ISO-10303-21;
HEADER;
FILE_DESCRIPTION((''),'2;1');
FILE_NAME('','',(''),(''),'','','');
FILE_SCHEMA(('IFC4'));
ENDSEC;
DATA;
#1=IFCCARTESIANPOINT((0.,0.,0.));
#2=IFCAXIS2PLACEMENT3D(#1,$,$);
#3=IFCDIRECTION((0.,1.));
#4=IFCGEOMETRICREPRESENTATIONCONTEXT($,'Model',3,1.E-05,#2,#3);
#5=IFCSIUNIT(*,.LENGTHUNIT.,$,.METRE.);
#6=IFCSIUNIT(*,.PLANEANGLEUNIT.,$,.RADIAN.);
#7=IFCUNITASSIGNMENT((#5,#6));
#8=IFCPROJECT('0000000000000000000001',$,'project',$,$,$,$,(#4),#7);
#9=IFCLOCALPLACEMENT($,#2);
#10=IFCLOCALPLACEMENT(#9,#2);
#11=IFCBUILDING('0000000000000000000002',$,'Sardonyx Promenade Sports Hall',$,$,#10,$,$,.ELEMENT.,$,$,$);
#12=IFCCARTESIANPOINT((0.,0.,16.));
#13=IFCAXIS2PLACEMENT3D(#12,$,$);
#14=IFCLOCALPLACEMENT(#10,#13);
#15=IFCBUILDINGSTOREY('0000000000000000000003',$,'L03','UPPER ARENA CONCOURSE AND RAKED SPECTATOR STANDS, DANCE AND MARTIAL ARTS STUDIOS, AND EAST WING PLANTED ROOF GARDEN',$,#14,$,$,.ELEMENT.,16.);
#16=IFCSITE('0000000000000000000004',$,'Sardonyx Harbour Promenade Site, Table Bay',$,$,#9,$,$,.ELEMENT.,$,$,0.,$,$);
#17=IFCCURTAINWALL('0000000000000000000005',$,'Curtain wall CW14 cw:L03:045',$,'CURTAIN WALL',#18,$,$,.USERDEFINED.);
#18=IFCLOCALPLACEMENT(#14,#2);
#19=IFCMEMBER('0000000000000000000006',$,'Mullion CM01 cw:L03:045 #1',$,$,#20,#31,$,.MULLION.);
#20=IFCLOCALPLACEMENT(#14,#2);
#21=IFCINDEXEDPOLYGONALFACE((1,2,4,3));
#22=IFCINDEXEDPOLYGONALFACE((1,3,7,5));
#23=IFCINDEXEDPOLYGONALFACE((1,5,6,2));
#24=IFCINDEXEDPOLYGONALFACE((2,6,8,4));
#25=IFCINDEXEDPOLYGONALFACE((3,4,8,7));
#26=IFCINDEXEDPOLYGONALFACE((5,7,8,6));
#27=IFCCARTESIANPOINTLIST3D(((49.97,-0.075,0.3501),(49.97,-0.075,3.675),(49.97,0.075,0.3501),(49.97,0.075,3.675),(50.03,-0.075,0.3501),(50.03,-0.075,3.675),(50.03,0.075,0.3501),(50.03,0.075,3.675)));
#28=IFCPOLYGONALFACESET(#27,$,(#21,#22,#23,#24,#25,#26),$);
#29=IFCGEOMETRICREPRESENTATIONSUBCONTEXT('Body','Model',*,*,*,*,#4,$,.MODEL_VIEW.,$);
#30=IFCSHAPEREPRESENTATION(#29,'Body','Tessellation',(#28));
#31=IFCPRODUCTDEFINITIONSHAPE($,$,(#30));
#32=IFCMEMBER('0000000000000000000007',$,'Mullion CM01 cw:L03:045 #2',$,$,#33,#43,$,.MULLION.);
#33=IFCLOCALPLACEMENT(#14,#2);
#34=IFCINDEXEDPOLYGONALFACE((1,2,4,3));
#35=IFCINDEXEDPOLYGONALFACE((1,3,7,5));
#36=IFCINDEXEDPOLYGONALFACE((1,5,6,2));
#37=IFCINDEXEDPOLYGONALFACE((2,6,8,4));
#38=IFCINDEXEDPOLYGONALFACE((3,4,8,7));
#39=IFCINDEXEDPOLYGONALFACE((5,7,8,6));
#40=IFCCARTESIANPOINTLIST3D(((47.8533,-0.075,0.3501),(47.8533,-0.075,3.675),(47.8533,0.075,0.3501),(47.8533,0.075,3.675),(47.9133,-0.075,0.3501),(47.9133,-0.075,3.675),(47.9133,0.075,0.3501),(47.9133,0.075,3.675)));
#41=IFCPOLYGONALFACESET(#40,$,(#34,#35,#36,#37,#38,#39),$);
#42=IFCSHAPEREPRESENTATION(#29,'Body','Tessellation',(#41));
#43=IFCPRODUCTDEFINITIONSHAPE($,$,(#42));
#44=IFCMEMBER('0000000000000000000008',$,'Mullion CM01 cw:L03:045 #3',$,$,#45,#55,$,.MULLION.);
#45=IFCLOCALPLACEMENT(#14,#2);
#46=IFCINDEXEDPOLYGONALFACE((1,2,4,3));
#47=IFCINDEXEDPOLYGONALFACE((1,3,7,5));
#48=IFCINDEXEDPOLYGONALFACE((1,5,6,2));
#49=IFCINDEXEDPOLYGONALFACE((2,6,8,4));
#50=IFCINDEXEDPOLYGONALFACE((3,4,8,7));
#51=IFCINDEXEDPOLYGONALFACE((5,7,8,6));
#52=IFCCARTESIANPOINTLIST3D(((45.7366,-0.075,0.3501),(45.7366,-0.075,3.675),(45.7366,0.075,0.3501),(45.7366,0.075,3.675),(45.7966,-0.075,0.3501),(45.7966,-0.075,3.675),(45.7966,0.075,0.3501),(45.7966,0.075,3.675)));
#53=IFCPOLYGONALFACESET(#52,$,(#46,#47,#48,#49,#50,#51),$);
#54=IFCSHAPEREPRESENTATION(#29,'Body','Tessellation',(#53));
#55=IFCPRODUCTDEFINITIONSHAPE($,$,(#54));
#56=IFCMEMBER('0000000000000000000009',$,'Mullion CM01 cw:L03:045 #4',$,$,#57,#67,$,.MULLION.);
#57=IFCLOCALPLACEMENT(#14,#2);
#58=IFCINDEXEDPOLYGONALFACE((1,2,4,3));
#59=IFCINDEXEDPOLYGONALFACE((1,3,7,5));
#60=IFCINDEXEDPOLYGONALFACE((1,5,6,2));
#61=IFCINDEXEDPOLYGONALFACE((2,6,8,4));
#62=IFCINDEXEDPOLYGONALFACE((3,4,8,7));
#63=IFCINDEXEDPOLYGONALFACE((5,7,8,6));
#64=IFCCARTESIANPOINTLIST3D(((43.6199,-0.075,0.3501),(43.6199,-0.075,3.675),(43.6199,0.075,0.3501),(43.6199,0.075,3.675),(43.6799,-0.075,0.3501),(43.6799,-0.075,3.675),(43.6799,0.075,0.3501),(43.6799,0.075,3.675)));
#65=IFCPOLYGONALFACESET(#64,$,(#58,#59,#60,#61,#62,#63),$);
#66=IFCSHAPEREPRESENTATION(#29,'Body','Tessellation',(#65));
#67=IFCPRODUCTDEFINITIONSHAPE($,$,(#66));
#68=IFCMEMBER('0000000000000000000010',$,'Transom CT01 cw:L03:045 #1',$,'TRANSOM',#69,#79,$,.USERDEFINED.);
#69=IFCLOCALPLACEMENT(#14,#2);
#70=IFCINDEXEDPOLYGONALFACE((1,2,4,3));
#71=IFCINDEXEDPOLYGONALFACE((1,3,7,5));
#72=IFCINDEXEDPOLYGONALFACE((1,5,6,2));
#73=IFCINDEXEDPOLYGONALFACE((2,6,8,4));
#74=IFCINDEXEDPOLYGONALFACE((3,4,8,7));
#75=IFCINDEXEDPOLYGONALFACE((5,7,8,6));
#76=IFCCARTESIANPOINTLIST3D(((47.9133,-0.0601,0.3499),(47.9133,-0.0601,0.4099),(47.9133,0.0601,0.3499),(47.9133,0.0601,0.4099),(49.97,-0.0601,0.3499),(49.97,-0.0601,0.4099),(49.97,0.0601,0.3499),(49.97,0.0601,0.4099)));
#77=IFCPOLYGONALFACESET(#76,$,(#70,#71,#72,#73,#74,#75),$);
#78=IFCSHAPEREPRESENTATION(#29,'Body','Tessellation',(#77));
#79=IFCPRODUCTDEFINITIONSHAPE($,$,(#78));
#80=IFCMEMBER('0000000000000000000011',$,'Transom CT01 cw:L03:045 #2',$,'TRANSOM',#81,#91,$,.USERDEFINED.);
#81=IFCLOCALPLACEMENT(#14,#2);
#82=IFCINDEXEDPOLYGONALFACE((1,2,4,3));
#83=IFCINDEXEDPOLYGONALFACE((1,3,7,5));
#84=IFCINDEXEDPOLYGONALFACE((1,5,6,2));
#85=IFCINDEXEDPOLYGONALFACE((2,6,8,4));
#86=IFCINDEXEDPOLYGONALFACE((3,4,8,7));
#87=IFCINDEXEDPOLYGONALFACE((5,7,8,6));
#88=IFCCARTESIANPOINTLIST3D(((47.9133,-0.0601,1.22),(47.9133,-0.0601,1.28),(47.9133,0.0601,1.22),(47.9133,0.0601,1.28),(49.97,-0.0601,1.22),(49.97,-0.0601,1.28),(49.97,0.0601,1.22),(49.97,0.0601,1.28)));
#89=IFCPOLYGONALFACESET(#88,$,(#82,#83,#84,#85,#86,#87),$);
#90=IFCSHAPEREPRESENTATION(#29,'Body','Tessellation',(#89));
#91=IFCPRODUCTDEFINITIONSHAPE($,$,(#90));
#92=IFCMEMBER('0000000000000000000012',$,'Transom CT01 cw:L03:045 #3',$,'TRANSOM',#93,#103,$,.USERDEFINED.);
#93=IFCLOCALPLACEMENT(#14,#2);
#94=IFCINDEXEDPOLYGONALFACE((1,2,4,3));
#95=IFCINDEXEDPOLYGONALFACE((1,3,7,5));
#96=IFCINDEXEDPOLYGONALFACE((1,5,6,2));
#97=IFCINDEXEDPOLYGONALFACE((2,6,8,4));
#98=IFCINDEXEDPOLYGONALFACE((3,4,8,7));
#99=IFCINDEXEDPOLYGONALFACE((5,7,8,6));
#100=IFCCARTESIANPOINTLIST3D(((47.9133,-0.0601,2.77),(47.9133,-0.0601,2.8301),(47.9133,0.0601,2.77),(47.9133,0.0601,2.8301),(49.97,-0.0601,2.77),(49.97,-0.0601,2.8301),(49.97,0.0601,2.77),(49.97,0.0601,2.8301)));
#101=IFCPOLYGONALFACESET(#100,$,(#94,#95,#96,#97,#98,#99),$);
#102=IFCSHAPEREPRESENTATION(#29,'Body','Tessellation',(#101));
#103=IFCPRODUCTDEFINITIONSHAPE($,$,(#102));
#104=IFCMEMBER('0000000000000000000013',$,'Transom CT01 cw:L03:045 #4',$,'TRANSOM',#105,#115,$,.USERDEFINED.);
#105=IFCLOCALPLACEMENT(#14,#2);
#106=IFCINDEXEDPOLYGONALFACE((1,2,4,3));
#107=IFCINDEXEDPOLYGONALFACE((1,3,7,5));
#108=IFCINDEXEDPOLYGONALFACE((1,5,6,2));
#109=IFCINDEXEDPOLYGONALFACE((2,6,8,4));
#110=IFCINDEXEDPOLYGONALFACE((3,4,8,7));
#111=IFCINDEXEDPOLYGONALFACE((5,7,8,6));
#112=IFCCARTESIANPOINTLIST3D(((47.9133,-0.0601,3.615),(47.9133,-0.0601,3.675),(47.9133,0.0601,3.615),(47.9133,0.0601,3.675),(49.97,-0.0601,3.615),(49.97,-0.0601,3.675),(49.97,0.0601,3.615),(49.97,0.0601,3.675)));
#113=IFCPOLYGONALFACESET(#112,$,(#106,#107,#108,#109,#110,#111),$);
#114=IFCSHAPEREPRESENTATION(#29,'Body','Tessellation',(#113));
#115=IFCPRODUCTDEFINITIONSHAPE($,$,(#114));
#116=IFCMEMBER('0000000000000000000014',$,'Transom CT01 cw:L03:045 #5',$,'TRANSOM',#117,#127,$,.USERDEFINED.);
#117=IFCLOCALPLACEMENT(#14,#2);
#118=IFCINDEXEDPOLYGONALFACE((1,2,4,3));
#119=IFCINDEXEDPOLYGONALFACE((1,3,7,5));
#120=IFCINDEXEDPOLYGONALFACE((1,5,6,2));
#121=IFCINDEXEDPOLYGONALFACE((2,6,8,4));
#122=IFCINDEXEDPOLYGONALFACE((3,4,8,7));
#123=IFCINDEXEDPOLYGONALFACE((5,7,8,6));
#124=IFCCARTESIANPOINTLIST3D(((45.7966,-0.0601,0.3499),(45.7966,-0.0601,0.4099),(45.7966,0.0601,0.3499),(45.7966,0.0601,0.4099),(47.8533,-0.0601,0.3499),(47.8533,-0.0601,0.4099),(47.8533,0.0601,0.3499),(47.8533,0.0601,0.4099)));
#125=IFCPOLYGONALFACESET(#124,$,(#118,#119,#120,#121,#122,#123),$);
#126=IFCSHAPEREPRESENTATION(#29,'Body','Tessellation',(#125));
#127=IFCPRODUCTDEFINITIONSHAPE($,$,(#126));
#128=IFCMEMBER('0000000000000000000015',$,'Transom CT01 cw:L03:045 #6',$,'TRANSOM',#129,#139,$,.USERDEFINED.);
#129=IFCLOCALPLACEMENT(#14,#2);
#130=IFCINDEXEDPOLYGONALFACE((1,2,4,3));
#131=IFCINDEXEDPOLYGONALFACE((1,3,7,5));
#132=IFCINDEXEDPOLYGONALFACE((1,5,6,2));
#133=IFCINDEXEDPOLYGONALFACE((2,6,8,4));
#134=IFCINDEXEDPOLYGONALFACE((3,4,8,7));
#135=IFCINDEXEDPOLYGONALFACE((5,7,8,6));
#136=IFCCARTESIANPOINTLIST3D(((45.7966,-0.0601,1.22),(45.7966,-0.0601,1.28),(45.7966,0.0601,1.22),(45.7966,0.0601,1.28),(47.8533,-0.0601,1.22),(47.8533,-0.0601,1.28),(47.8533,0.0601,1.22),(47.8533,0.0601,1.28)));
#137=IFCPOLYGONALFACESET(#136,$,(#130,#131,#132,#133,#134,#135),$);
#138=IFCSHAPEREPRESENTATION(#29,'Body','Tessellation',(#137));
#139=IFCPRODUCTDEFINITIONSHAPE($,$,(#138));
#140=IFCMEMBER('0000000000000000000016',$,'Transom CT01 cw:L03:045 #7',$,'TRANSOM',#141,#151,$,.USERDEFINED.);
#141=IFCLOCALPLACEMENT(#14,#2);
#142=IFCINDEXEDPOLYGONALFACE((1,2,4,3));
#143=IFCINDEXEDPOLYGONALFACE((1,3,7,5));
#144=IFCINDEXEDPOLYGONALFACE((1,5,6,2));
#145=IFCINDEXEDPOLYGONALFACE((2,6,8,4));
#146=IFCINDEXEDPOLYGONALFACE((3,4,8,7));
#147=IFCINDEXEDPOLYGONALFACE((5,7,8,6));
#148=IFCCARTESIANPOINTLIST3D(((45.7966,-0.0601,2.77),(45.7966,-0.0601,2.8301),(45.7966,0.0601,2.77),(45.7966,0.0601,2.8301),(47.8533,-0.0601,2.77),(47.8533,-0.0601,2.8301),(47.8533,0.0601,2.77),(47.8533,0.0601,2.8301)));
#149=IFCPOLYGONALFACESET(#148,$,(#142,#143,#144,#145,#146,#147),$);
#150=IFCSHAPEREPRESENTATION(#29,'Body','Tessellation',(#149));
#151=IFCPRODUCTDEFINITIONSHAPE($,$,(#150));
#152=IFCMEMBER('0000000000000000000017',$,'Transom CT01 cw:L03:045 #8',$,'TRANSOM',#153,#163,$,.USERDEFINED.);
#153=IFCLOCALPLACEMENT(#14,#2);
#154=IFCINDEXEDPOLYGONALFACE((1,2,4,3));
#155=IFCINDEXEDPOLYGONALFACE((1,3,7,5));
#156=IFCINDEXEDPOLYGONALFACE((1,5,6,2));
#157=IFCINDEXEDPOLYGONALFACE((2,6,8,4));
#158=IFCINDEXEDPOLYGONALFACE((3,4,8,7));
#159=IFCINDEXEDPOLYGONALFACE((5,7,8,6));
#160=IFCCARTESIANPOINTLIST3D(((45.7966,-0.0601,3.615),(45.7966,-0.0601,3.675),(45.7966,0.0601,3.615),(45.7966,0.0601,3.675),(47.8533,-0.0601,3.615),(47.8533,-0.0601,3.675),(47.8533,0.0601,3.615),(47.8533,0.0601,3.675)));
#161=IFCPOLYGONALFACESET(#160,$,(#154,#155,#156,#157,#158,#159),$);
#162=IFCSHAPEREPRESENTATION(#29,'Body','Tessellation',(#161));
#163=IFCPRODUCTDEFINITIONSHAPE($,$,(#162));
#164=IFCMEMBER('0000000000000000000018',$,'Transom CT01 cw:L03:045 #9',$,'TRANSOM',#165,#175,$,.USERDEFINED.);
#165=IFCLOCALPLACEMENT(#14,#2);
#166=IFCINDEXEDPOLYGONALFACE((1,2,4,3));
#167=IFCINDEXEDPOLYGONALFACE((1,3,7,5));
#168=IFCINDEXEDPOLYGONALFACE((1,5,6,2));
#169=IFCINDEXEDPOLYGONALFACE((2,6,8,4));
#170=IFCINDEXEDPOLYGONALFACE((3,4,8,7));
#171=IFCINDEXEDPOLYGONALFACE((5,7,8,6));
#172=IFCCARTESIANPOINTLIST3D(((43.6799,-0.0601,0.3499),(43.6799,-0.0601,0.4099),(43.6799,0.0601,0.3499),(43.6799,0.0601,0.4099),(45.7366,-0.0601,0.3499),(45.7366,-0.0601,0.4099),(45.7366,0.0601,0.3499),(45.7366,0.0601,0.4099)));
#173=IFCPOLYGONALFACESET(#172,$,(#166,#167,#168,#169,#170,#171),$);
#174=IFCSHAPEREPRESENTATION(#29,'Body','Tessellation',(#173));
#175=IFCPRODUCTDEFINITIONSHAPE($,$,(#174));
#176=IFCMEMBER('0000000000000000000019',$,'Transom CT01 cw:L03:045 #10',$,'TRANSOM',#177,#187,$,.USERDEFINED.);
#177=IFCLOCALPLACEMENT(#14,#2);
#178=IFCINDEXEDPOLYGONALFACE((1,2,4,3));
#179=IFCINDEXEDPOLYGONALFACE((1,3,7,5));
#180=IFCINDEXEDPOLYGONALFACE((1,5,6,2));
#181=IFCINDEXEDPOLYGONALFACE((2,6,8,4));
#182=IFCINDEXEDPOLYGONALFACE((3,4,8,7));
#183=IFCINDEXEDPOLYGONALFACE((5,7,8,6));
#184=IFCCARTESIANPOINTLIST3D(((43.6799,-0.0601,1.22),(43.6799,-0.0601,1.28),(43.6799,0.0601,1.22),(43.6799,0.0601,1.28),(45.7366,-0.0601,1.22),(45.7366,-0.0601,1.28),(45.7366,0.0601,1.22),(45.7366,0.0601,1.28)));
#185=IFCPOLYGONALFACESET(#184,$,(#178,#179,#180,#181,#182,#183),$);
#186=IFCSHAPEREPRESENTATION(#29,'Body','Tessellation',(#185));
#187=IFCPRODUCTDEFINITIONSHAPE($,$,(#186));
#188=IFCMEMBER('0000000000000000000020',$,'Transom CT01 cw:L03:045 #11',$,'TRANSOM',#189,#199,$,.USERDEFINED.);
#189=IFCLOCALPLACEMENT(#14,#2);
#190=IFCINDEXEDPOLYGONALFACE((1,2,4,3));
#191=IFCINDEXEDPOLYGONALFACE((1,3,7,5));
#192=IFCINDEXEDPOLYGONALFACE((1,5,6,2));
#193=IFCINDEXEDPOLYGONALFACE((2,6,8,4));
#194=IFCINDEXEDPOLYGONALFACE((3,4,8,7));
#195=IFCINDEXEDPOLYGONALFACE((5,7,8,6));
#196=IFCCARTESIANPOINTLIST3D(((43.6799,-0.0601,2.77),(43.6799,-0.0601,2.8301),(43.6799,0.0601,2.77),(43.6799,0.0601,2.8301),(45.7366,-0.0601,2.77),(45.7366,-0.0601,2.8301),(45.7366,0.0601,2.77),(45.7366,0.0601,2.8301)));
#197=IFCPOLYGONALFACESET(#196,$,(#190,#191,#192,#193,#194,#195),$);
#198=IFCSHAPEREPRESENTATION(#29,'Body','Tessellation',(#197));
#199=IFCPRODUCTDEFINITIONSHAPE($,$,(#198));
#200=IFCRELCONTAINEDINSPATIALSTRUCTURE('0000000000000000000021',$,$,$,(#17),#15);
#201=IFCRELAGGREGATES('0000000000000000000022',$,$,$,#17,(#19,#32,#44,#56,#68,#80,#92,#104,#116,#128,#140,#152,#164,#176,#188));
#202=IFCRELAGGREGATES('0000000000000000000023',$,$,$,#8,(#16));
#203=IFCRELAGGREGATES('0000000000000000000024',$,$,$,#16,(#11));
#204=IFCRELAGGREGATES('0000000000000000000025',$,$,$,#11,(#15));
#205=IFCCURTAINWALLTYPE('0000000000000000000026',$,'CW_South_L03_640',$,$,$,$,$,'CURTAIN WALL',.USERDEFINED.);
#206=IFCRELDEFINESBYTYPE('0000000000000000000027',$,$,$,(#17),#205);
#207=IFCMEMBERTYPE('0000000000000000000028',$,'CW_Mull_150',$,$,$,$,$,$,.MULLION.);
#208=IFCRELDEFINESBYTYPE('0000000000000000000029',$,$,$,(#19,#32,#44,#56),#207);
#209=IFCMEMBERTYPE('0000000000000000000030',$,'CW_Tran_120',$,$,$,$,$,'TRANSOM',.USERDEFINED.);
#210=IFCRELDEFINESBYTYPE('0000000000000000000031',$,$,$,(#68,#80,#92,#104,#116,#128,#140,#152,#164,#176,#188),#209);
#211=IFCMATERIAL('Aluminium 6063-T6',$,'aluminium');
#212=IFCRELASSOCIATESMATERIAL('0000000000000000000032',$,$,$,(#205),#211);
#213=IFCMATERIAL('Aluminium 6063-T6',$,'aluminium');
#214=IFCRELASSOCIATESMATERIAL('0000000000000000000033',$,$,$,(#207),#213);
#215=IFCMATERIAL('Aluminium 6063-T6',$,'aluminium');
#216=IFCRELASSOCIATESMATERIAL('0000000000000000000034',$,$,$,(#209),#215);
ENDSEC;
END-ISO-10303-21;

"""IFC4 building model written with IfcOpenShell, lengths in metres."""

from ifc_helpers import new_model, si_unit, direction, frame, origin, origin_2d, place, context, subcontext, project, spatial, rectangle, extrude, material, material_profile, profile_set, type_object, element, aggregate, save


model = new_model("IFC4")

# Units and contexts
model_context = context("Model", 3, precision=1e-05, world=origin(), true_north=direction((0.0, 1.0)))
body_context = subcontext(model_context, "Body", "Model", "MODEL_VIEW")
ifc_project = project(units=[si_unit("LENGTHUNIT", "METRE"), si_unit("PLANEANGLEUNIT", "RADIAN")], contexts=[model_context])

# Site, building, storey
site_placement = place(None, origin())
site = spatial("IfcSite", under=ifc_project, at=site_placement, Name="Sardonyx Harbour Promenade Site, Table Bay", CompositionType="ELEMENT", RefElevation=0.0)
building_placement = place(site_placement, origin())
building = spatial("IfcBuilding", under=site, at=building_placement, Name="Sardonyx Promenade Sports Hall", CompositionType="ELEMENT")
storey_placement = place(building_placement, frame((0.0, 0.0, 16.0)))
storey = spatial("IfcBuildingStorey", under=building, at=storey_placement, Name="L03", Description="UPPER ARENA CONCOURSE AND RAKED SPECTATOR STANDS, DANCE AND MARTIAL ARTS STUDIOS, AND EAST WING PLANTED ROOF GARDEN", CompositionType="ELEMENT", Elevation=16.0)

# Curtain wall, members
ifc_material_1 = material(Name="Aluminium 6063-T6", Category="aluminium")
curtain_wall_type = type_object("IfcCurtainWallType", Name="CW_South_L03_640", ElementType="CURTAIN WALL", PredefinedType="USERDEFINED", material=ifc_material_1)
curtain_wall_placement = place(storey_placement, origin())
curtain_wall = element("IfcCurtainWall", 1, at=curtain_wall_placement, inside=storey, type_object=curtain_wall_type, Name="Curtain wall CW14 cw:L03:045", ObjectType="CURTAIN WALL", PredefinedType="USERDEFINED")
ifc_material_2 = material(Name="Aluminium 6063-T6", Category="aluminium")
ifc_material_profile_1 = material_profile(ifc_material_2, rectangle(XDim=0.0601, YDim=0.1499, at=origin_2d()))
ifc_profile_set_1 = profile_set([ifc_material_profile_1], Name="Aluminium 6063-T6")
member_type_1 = type_object("IfcMemberType", Name="CW_Mull_150", PredefinedType="MULLION", material=ifc_profile_set_1)
member_1_placement = place(storey_placement, frame((50.0, 0.0, 0.3501), z_axis=(0.0, 0.0, 1.0), x_axis=(-1.0, 0.0, 0.0)))
member_1 = element("IfcMember", 2, at=member_1_placement, type_object=member_type_1, Name="Mullion CM01 cw:L03:045 #1", PredefinedType="MULLION", context=body_context, shape_type="SweptSolid", body=[
    extrude(rectangle(XDim=0.0601, YDim=0.1499, at=origin_2d()), origin(), (0.0, 0.0, 1.0), 3.325),
])
member_2_placement = place(storey_placement, frame((47.8833, 0.0, 0.3501), z_axis=(0.0, 0.0, 1.0), x_axis=(-1.0, 0.0, 0.0)))
member_2 = element("IfcMember", 3, at=member_2_placement, type_object=member_type_1, Name="Mullion CM01 cw:L03:045 #2", PredefinedType="MULLION", context=body_context, shape_type="SweptSolid", body=[
    extrude(rectangle(XDim=0.0601, YDim=0.1499, at=origin_2d()), origin(), (0.0, 0.0, 1.0), 3.325),
])
member_3_placement = place(storey_placement, frame((45.7666, 0.0, 0.3501), z_axis=(0.0, 0.0, 1.0), x_axis=(-1.0, 0.0, 0.0)))
member_3 = element("IfcMember", 4, at=member_3_placement, type_object=member_type_1, Name="Mullion CM01 cw:L03:045 #3", PredefinedType="MULLION", context=body_context, shape_type="SweptSolid", body=[
    extrude(rectangle(XDim=0.0601, YDim=0.1499, at=origin_2d()), origin(), (0.0, 0.0, 1.0), 3.325),
])
member_4_placement = place(storey_placement, frame((43.6499, 0.0, 0.3501), z_axis=(0.0, 0.0, 1.0), x_axis=(-1.0, 0.0, 0.0)))
member_4 = element("IfcMember", 5, at=member_4_placement, type_object=member_type_1, Name="Mullion CM01 cw:L03:045 #4", PredefinedType="MULLION", context=body_context, shape_type="SweptSolid", body=[
    extrude(rectangle(XDim=0.0601, YDim=0.1499, at=origin_2d()), origin(), (0.0, 0.0, 1.0), 3.325),
])
ifc_material_3 = material(Name="Aluminium 6063-T6", Category="aluminium")
ifc_material_profile_2 = material_profile(ifc_material_3, rectangle(XDim=0.0601, YDim=0.1201, at=origin_2d()))
ifc_profile_set_2 = profile_set([ifc_material_profile_2], Name="Aluminium 6063-T6")
member_type_2 = type_object("IfcMemberType", Name="CW_Tran_120", ElementType="TRANSOM", PredefinedType="USERDEFINED", material=ifc_profile_set_2)
member_5_placement = place(storey_placement, frame((49.97, 0.0, 0.3799), z_axis=(-1.0, 0.0, 0.0), x_axis=(0.0, 0.0, 1.0)))
member_5 = element("IfcMember", 6, at=member_5_placement, type_object=member_type_2, Name="Transom CT01 cw:L03:045 #1", ObjectType="TRANSOM", PredefinedType="USERDEFINED", context=body_context, shape_type="SweptSolid", body=[
    extrude(rectangle(XDim=0.0601, YDim=0.1201, at=origin_2d()), origin(), (0.0, 0.0, 1.0), 2.0566),
])
member_6_placement = place(storey_placement, frame((49.97, 0.0, 1.25), z_axis=(-1.0, 0.0, 0.0), x_axis=(0.0, 0.0, 1.0)))
member_6 = element("IfcMember", 7, at=member_6_placement, type_object=member_type_2, Name="Transom CT01 cw:L03:045 #2", ObjectType="TRANSOM", PredefinedType="USERDEFINED", context=body_context, shape_type="SweptSolid", body=[
    extrude(rectangle(XDim=0.0601, YDim=0.1201, at=origin_2d()), origin(), (0.0, 0.0, 1.0), 2.0566),
])
member_7_placement = place(storey_placement, frame((49.97, 0.0, 2.8), z_axis=(-1.0, 0.0, 0.0), x_axis=(0.0, 0.0, 1.0)))
member_7 = element("IfcMember", 8, at=member_7_placement, type_object=member_type_2, Name="Transom CT01 cw:L03:045 #3", ObjectType="TRANSOM", PredefinedType="USERDEFINED", context=body_context, shape_type="SweptSolid", body=[
    extrude(rectangle(XDim=0.0601, YDim=0.1201, at=origin_2d()), origin(), (0.0, 0.0, 1.0), 2.0566),
])
member_8_placement = place(storey_placement, frame((49.97, 0.0, 3.645), z_axis=(-1.0, 0.0, 0.0), x_axis=(0.0, 0.0, 1.0)))
member_8 = element("IfcMember", 9, at=member_8_placement, type_object=member_type_2, Name="Transom CT01 cw:L03:045 #4", ObjectType="TRANSOM", PredefinedType="USERDEFINED", context=body_context, shape_type="SweptSolid", body=[
    extrude(rectangle(XDim=0.0601, YDim=0.1201, at=origin_2d()), origin(), (0.0, 0.0, 1.0), 2.0566),
])
member_9_placement = place(storey_placement, frame((47.8533, 0.0, 0.3799), z_axis=(-1.0, 0.0, 0.0), x_axis=(0.0, 0.0, 1.0)))
member_9 = element("IfcMember", 10, at=member_9_placement, type_object=member_type_2, Name="Transom CT01 cw:L03:045 #5", ObjectType="TRANSOM", PredefinedType="USERDEFINED", context=body_context, shape_type="SweptSolid", body=[
    extrude(rectangle(XDim=0.0601, YDim=0.1201, at=origin_2d()), origin(), (0.0, 0.0, 1.0), 2.0566),
])
member_10_placement = place(storey_placement, frame((47.8533, 0.0, 1.25), z_axis=(-1.0, 0.0, 0.0), x_axis=(0.0, 0.0, 1.0)))
member_10 = element("IfcMember", 11, at=member_10_placement, type_object=member_type_2, Name="Transom CT01 cw:L03:045 #6", ObjectType="TRANSOM", PredefinedType="USERDEFINED", context=body_context, shape_type="SweptSolid", body=[
    extrude(rectangle(XDim=0.0601, YDim=0.1201, at=origin_2d()), origin(), (0.0, 0.0, 1.0), 2.0566),
])
member_11_placement = place(storey_placement, frame((47.8533, 0.0, 2.8), z_axis=(-1.0, 0.0, 0.0), x_axis=(0.0, 0.0, 1.0)))
member_11 = element("IfcMember", 12, at=member_11_placement, type_object=member_type_2, Name="Transom CT01 cw:L03:045 #7", ObjectType="TRANSOM", PredefinedType="USERDEFINED", context=body_context, shape_type="SweptSolid", body=[
    extrude(rectangle(XDim=0.0601, YDim=0.1201, at=origin_2d()), origin(), (0.0, 0.0, 1.0), 2.0566),
])
member_12_placement = place(storey_placement, frame((47.8533, 0.0, 3.645), z_axis=(-1.0, 0.0, 0.0), x_axis=(0.0, 0.0, 1.0)))
member_12 = element("IfcMember", 13, at=member_12_placement, type_object=member_type_2, Name="Transom CT01 cw:L03:045 #8", ObjectType="TRANSOM", PredefinedType="USERDEFINED", context=body_context, shape_type="SweptSolid", body=[
    extrude(rectangle(XDim=0.0601, YDim=0.1201, at=origin_2d()), origin(), (0.0, 0.0, 1.0), 2.0566),
])
member_13_placement = place(storey_placement, frame((45.7366, 0.0, 0.3799), z_axis=(-1.0, 0.0, 0.0), x_axis=(0.0, 0.0, 1.0)))
member_13 = element("IfcMember", 14, at=member_13_placement, type_object=member_type_2, Name="Transom CT01 cw:L03:045 #9", ObjectType="TRANSOM", PredefinedType="USERDEFINED", context=body_context, shape_type="SweptSolid", body=[
    extrude(rectangle(XDim=0.0601, YDim=0.1201, at=origin_2d()), origin(), (0.0, 0.0, 1.0), 2.0566),
])
member_14_placement = place(storey_placement, frame((45.7366, 0.0, 1.25), z_axis=(-1.0, 0.0, 0.0), x_axis=(0.0, 0.0, 1.0)))
member_14 = element("IfcMember", 15, at=member_14_placement, type_object=member_type_2, Name="Transom CT01 cw:L03:045 #10", ObjectType="TRANSOM", PredefinedType="USERDEFINED", context=body_context, shape_type="SweptSolid", body=[
    extrude(rectangle(XDim=0.0601, YDim=0.1201, at=origin_2d()), origin(), (0.0, 0.0, 1.0), 2.0566),
])
member_15_placement = place(storey_placement, frame((45.7366, 0.0, 2.8), z_axis=(-1.0, 0.0, 0.0), x_axis=(0.0, 0.0, 1.0)))
member_15 = element("IfcMember", 16, at=member_15_placement, type_object=member_type_2, Name="Transom CT01 cw:L03:045 #11", ObjectType="TRANSOM", PredefinedType="USERDEFINED", context=body_context, shape_type="SweptSolid", body=[
    extrude(rectangle(XDim=0.0601, YDim=0.1201, at=origin_2d()), origin(), (0.0, 0.0, 1.0), 2.0566),
])
aggregate(curtain_wall, [member_1, member_2, member_3, member_4, member_5, member_6, member_7, member_8, member_9, member_10, member_11, member_12, member_13, member_14, member_15])

save(model, "model.ifc")
